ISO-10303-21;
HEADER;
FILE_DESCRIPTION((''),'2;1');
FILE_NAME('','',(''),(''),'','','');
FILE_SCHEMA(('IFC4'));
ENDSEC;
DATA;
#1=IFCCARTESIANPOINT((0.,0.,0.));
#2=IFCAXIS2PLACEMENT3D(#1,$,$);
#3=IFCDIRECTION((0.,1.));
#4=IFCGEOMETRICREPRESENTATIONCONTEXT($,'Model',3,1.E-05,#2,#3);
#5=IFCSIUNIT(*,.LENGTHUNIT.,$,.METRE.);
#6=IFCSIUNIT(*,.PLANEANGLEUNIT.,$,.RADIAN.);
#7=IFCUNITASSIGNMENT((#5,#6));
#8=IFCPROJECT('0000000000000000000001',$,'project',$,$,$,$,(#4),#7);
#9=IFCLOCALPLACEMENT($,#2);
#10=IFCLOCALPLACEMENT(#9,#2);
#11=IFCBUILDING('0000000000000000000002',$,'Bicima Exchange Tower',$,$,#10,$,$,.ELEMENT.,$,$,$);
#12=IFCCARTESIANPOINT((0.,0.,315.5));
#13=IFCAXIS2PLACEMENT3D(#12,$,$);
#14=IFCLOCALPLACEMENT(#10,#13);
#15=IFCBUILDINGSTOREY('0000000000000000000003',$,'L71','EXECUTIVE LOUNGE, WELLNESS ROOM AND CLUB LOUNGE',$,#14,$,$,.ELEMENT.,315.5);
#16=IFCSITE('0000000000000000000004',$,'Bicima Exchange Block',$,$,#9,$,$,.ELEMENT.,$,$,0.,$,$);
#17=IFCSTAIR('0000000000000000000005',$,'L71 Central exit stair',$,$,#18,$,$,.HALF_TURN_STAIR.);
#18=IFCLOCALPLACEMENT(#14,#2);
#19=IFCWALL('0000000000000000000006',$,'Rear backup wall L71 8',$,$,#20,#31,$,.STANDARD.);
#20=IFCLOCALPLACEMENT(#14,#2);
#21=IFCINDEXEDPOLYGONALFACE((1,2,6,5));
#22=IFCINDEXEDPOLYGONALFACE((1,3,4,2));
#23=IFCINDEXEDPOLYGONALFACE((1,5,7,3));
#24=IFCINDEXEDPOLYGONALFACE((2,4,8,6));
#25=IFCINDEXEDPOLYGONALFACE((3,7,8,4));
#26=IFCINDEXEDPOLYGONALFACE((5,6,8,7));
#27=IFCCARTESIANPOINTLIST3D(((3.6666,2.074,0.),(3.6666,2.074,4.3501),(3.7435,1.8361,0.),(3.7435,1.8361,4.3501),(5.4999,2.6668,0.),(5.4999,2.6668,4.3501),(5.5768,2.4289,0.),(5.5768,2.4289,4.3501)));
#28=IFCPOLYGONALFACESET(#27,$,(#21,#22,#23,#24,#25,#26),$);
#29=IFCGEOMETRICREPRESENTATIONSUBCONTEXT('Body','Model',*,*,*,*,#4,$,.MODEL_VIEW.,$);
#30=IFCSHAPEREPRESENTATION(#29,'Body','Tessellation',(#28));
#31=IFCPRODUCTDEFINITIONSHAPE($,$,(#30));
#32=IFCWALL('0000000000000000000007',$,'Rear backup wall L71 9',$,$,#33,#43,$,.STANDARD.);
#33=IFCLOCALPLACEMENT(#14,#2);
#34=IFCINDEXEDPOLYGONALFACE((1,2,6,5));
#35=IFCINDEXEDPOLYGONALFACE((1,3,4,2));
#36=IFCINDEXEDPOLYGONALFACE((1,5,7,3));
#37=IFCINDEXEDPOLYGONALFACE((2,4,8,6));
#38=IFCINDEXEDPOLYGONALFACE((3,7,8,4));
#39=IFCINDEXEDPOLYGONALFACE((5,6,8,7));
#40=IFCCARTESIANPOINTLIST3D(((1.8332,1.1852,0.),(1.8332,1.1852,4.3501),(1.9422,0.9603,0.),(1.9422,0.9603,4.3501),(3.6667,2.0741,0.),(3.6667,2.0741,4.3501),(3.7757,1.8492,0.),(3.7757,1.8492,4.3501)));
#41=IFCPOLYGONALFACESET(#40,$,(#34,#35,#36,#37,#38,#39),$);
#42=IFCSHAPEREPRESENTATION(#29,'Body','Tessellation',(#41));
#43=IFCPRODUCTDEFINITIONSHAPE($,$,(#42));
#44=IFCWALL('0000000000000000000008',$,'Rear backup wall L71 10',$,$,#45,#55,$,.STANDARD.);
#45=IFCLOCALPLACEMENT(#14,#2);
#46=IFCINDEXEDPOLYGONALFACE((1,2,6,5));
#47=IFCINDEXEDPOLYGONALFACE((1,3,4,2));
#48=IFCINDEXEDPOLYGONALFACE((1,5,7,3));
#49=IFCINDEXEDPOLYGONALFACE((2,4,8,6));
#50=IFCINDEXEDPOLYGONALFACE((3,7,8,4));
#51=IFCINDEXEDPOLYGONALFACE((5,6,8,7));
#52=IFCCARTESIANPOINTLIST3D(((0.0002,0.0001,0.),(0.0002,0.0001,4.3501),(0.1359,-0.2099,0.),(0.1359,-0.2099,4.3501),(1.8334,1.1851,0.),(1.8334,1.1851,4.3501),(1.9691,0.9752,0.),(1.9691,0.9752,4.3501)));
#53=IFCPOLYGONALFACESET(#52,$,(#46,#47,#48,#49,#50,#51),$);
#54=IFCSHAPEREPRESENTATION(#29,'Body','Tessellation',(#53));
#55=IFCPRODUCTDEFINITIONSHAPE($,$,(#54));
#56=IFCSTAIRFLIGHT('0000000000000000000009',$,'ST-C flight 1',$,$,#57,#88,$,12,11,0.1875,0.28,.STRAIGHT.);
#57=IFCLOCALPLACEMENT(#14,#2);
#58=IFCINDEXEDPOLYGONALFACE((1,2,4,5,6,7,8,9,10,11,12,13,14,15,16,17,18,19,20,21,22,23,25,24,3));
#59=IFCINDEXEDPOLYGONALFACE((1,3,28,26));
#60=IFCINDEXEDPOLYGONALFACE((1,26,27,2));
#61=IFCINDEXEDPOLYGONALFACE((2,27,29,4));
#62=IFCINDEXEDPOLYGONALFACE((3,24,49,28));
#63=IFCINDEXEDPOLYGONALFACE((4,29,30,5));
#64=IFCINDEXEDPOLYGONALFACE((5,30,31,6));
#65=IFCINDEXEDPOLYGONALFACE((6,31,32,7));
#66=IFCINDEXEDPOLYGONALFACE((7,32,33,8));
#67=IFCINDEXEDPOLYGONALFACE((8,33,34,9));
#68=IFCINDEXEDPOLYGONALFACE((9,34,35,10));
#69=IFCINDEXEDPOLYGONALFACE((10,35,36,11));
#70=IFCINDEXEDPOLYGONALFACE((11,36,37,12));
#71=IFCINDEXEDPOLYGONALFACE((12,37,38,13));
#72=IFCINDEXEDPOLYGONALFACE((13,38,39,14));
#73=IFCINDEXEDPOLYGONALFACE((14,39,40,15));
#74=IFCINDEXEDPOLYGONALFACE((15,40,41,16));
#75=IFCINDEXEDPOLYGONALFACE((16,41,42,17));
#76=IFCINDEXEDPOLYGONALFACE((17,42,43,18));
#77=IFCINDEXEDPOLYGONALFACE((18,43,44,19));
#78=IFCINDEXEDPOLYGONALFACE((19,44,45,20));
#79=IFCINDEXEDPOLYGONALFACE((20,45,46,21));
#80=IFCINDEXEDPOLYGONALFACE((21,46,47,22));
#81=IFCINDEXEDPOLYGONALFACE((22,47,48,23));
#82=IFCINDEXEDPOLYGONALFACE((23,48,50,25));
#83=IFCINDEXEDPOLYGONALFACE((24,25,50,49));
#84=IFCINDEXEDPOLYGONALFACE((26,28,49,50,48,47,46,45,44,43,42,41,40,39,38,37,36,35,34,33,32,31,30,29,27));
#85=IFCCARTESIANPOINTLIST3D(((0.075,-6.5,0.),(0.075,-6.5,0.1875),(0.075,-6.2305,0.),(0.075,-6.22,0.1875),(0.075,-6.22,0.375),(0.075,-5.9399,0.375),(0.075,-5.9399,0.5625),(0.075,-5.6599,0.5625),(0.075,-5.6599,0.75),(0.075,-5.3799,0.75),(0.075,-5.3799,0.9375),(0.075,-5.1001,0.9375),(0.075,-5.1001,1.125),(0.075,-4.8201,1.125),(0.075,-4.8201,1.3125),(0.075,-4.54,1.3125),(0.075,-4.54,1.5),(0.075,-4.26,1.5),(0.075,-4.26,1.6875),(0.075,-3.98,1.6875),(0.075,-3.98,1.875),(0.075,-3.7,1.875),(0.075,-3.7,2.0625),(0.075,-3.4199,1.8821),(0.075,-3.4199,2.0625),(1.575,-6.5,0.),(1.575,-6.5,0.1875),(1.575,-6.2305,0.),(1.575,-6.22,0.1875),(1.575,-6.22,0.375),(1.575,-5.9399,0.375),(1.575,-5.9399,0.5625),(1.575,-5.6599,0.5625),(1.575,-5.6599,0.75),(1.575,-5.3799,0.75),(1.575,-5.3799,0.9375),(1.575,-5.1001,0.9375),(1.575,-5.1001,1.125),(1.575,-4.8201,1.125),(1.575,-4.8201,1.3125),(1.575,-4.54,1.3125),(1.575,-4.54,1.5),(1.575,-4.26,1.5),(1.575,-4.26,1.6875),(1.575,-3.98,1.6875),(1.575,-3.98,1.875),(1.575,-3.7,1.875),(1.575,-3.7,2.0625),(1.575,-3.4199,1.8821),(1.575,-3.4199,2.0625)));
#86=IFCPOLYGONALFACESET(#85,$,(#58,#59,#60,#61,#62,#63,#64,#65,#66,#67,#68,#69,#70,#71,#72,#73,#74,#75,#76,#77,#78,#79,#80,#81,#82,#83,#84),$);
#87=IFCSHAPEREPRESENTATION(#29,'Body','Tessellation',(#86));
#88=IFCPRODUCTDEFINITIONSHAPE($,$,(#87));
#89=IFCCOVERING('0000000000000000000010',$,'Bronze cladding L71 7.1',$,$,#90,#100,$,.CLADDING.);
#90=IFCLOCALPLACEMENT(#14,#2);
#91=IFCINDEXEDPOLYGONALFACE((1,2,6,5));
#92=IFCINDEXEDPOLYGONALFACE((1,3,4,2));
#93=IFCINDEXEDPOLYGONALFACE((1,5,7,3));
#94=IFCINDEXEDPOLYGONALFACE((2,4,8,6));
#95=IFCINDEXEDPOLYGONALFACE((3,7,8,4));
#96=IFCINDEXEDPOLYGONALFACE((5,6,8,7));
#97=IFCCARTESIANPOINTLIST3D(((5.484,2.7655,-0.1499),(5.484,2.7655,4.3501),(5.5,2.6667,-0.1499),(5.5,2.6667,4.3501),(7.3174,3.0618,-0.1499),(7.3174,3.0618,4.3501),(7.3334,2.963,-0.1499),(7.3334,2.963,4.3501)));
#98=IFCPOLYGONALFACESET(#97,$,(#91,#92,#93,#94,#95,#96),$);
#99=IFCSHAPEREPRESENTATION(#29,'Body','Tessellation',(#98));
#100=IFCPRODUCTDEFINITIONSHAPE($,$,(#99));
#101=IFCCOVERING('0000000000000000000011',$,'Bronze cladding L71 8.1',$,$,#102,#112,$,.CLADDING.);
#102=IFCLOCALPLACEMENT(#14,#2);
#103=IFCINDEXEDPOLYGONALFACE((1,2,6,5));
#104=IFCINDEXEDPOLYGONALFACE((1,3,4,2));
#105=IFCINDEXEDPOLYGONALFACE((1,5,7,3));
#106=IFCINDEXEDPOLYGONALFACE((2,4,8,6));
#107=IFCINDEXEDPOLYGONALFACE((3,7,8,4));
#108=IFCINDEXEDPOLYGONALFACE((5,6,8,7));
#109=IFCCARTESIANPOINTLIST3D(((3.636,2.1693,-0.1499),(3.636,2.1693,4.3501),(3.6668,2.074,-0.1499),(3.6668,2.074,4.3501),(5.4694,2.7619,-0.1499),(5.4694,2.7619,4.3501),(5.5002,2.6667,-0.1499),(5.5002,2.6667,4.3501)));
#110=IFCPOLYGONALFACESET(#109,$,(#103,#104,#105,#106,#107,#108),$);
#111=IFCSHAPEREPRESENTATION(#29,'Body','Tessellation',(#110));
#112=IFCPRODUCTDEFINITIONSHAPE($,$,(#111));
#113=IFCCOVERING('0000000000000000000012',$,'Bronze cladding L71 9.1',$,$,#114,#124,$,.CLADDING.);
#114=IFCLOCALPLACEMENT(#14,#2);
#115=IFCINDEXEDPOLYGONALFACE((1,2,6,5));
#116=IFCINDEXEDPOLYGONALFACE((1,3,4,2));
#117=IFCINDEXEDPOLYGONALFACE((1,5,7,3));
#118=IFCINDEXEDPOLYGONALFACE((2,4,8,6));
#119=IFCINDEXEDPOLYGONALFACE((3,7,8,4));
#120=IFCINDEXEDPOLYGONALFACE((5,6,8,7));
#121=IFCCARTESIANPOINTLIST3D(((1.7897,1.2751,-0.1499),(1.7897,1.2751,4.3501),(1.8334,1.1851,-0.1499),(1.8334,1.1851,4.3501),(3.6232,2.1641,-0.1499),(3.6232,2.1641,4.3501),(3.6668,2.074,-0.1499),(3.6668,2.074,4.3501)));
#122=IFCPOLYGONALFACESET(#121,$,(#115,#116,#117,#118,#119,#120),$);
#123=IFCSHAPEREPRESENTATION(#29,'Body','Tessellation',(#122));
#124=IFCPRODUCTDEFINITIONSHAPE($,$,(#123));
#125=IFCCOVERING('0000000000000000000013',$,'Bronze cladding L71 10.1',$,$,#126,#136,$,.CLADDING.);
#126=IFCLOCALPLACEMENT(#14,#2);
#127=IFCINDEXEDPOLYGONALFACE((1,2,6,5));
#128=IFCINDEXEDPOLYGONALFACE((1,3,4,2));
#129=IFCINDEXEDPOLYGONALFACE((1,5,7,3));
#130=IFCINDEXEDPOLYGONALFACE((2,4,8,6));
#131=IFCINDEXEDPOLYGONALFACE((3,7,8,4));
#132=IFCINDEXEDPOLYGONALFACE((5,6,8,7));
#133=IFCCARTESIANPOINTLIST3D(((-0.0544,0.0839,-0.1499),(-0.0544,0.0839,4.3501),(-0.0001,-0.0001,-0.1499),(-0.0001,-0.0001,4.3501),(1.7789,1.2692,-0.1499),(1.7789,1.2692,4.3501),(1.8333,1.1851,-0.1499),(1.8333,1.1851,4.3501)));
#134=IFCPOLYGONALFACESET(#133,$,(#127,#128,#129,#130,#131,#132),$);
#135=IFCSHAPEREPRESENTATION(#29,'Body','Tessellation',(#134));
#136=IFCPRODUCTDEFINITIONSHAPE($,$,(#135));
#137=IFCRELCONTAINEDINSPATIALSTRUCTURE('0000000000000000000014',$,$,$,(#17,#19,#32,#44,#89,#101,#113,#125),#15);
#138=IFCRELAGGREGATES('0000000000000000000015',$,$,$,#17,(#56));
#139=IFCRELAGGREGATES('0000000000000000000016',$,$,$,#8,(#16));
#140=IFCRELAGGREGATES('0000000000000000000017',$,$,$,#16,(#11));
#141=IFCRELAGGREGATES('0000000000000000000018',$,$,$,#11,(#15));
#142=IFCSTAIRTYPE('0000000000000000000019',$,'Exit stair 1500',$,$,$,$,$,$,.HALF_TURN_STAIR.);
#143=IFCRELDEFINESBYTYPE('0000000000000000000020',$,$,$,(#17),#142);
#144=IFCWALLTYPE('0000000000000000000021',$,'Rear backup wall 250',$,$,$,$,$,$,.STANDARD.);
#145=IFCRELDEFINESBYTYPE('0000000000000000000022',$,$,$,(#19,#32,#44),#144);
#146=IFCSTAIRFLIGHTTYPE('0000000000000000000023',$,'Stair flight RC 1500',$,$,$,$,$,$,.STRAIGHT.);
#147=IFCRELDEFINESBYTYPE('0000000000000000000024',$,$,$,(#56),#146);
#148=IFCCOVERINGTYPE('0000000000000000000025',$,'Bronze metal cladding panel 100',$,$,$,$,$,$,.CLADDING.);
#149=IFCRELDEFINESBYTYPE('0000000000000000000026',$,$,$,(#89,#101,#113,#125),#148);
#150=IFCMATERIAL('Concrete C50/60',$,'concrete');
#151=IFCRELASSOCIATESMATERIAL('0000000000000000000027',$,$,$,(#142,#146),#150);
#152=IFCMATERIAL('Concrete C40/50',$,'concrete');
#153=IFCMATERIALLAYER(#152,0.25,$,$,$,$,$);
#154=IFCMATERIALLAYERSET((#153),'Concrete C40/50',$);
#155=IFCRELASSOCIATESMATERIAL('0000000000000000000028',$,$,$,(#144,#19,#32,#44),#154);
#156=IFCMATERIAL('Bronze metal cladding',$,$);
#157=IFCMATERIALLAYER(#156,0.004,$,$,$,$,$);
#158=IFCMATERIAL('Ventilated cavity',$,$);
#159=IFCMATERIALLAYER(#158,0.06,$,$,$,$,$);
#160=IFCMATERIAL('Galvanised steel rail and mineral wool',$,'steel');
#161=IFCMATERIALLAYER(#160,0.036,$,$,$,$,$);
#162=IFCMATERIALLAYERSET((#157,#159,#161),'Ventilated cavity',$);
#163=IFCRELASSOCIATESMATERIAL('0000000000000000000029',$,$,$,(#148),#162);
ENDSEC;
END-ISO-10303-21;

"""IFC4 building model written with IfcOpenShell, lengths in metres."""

from ifc_helpers import new_model, si_unit, direction, frame, frame_2d, origin, origin_2d, place, context, subcontext, project, spatial, polyline, rectangle, outline, extrude, material, layer, layer_set, layer_usage, type_object, element, aggregate, save


model = new_model("IFC4")

# Units and contexts
model_context = context("Model", 3, precision=1e-05, world=origin(), true_north=direction((0.0, 1.0)))
body_context = subcontext(model_context, "Body", "Model", "MODEL_VIEW")
ifc_project = project(units=[si_unit("LENGTHUNIT", "METRE"), si_unit("PLANEANGLEUNIT", "RADIAN")], contexts=[model_context])

# Site, building, storey
site_placement = place(None, origin())
site = spatial("IfcSite", under=ifc_project, at=site_placement, Name="Bicima Exchange Block", CompositionType="ELEMENT", RefElevation=0.0)
building_placement = place(site_placement, origin())
building = spatial("IfcBuilding", under=site, at=building_placement, Name="Bicima Exchange Tower", CompositionType="ELEMENT")
storey_placement = place(building_placement, frame((0.0, 0.0, 315.5)))
storey = spatial("IfcBuildingStorey", under=building, at=storey_placement, Name="L71", Description="EXECUTIVE LOUNGE, WELLNESS ROOM AND CLUB LOUNGE", CompositionType="ELEMENT", Elevation=315.5)

# Stair
ifc_material_1 = material(Name="Concrete C50/60", Category="concrete")
stair_type_1 = type_object("IfcStairType", Name="Exit stair 1500", PredefinedType="HALF_TURN_STAIR", material=ifc_material_1)
stair_1_placement = place(storey_placement, origin())
stair_1 = element("IfcStair", 1, at=stair_1_placement, inside=storey, type_object=stair_type_1, Name="L71 Central exit stair", PredefinedType="HALF_TURN_STAIR")

# Shared definitions
ifc_material_2 = material(Name="Concrete C40/50", Category="concrete")

# Walls
ifc_layer_1 = layer(ifc_material_2, 0.25)
ifc_layer_set_1 = layer_set([ifc_layer_1], Name="Concrete C40/50")
ifc_layer_usage = layer_usage(ifc_layer_set_1, "AXIS2", "POSITIVE", -0.125)
wall_type_1 = type_object("IfcWallType", Name="Rear backup wall 250", PredefinedType="STANDARD", material=ifc_layer_set_1)
wall_1_placement = place(storey_placement, frame((5.5383, 2.5479, 0.0), z_axis=(0.0, 0.0, 1.0), x_axis=(-0.951496, -0.307662, 0.0)))
element("IfcWall", 2, at=wall_1_placement, inside=storey, type_object=wall_type_1, material=ifc_layer_usage, Name="Rear backup wall L71 8", PredefinedType="STANDARD", context=body_context, shape_type="SweptSolid", body=[
    extrude(rectangle(XDim=1.9268, YDim=0.25, at=frame_2d((0.9634, 0.0))), origin(), (0.0, 0.0, 1.0), 4.3501),
])
wall_2_placement = place(storey_placement, frame((3.7212, 1.9617, 0.0), z_axis=(0.0, 0.0, 1.0), x_axis=(-0.899824, -0.436253, 0.0)))
element("IfcWall", 3, at=wall_2_placement, inside=storey, type_object=wall_type_1, material=ifc_layer_usage, Name="Rear backup wall L71 9", PredefinedType="STANDARD", context=body_context, shape_type="SweptSolid", body=[
    extrude(rectangle(XDim=2.0376, YDim=0.25, at=frame_2d((1.0188, 0.0))), origin(), (0.0, 0.0, 1.0), 4.3501),
])
wall_3_placement = place(storey_placement, frame((1.9011, 1.0801, 0.0), z_axis=(0.0, 0.0, 1.0), x_axis=(-0.839813, -0.542876, 0.0)))
element("IfcWall", 4, at=wall_3_placement, inside=storey, type_object=wall_type_1, material=ifc_layer_usage, Name="Rear backup wall L71 10", PredefinedType="STANDARD", context=body_context, shape_type="SweptSolid", body=[
    extrude(rectangle(XDim=2.1829, YDim=0.25, at=frame_2d((1.0913, 0.0))), origin(), (0.0, 0.0, 1.0), 4.3501),
])

# Stair flight
stair_flight_type = type_object("IfcStairFlightType", Name="Stair flight RC 1500", PredefinedType="STRAIGHT", material=ifc_material_1)
stair_flight_placement = place(storey_placement, frame((0.825, -6.5, 0.0), z_axis=(0.0, 0.0, 1.0), x_axis=(0.0, 1.0, 0.0)))
stair_flight = element("IfcStairFlight", 5, at=stair_flight_placement, type_object=stair_flight_type, Name="ST-C flight 1", NumberOfRisers=12, NumberOfTreads=11, PredefinedType="STRAIGHT", RiserHeight=0.1875, TreadLength=0.28, context=body_context, shape_type="SweptSolid", body=[
    extrude(outline(polyline([(0.0, 0.0), (0.0, 0.1875), (0.28, 0.1875), (0.28, 0.375), (0.5601, 0.375), (0.5601, 0.5625), (0.8401, 0.5625), (0.8401, 0.75), (1.1201, 0.75), (1.1201, 0.9375), (1.3999, 0.9375), (1.3999, 1.125), (1.6799, 1.125), (1.6799, 1.3125), (1.96, 1.3125), (1.96, 1.5), (2.24, 1.5), (2.24, 1.6875), (2.52, 1.6875), (2.52, 1.875), (2.8, 1.875), (2.8, 2.0625), (3.0801, 2.0625), (3.0801, 2.25), (3.0801, 1.8821), (0.2695, 0.0), (0.0, 0.0)])), frame((0.0, 0.75, 0.0), z_axis=(0.0, -1.0, 0.0), x_axis=(1.0, 0.0, 0.0)), (0.0, 0.0, 1.0), 1.5),
])
aggregate(stair_1, [stair_flight])

# Coverings
ifc_material_3 = material(Name="Bronze metal cladding")
ifc_layer_2 = layer(ifc_material_3, 0.004)
ifc_material_4 = material(Name="Ventilated cavity")
ifc_layer_3 = layer(ifc_material_4, 0.06)
ifc_material_5 = material(Name="Galvanised steel rail and mineral wool", Category="steel")
ifc_layer_4 = layer(ifc_material_5, 0.036)
ifc_layer_set_2 = layer_set([ifc_layer_2, ifc_layer_3, ifc_layer_4], Name="Ventilated cavity")
covering_type = type_object("IfcCoveringType", Name="Bronze metal cladding panel 100", PredefinedType="CLADDING", material=ifc_layer_set_2)
covering_1_placement = place(storey_placement, frame((6.4087, 2.8643, -0.1499), z_axis=(0.0, 0.0, 1.0), x_axis=(-0.98719, -0.15955, 0.0)))
element("IfcCovering", 6, at=covering_1_placement, inside=storey, type_object=covering_type, Name="Bronze cladding L71 7.1", PredefinedType="CLADDING", context=body_context, shape_type="SweptSolid", body=[
    extrude(rectangle(XDim=1.8572, YDim=0.1001, at=origin_2d()), origin(), (0.0, 0.0, 1.0), 4.5),
])
covering_2_placement = place(storey_placement, frame((4.5681, 2.418, -0.1499), z_axis=(0.0, 0.0, 1.0), x_axis=(-0.951525, -0.307573, 0.0)))
element("IfcCovering", 7, at=covering_2_placement, inside=storey, type_object=covering_type, Name="Bronze cladding L71 8.1", PredefinedType="CLADDING", context=body_context, shape_type="SweptSolid", body=[
    extrude(rectangle(XDim=1.9268, YDim=0.1001, at=origin_2d()), origin(), (0.0, 0.0, 1.0), 4.5),
])
covering_3_placement = place(storey_placement, frame((2.7283, 1.6746, -0.1499), z_axis=(0.0, 0.0, 1.0), x_axis=(-0.899818, -0.436265, 0.0)))
element("IfcCovering", 8, at=covering_3_placement, inside=storey, type_object=covering_type, Name="Bronze cladding L71 9.1", PredefinedType="CLADDING", context=body_context, shape_type="SweptSolid", body=[
    extrude(rectangle(XDim=2.0376, YDim=0.1001, at=origin_2d()), origin(), (0.0, 0.0, 1.0), 4.5),
])
covering_4_placement = place(storey_placement, frame((0.8894, 0.6345, -0.1499), z_axis=(0.0, 0.0, 1.0), x_axis=(-0.83979, -0.542911, 0.0)))
element("IfcCovering", 9, at=covering_4_placement, inside=storey, type_object=covering_type, Name="Bronze cladding L71 10.1", PredefinedType="CLADDING", context=body_context, shape_type="SweptSolid", body=[
    extrude(rectangle(XDim=2.1831, YDim=0.1001, at=origin_2d()), origin(), (0.0, 0.0, 1.0), 4.5),
])

save(model, "model.ifc")
